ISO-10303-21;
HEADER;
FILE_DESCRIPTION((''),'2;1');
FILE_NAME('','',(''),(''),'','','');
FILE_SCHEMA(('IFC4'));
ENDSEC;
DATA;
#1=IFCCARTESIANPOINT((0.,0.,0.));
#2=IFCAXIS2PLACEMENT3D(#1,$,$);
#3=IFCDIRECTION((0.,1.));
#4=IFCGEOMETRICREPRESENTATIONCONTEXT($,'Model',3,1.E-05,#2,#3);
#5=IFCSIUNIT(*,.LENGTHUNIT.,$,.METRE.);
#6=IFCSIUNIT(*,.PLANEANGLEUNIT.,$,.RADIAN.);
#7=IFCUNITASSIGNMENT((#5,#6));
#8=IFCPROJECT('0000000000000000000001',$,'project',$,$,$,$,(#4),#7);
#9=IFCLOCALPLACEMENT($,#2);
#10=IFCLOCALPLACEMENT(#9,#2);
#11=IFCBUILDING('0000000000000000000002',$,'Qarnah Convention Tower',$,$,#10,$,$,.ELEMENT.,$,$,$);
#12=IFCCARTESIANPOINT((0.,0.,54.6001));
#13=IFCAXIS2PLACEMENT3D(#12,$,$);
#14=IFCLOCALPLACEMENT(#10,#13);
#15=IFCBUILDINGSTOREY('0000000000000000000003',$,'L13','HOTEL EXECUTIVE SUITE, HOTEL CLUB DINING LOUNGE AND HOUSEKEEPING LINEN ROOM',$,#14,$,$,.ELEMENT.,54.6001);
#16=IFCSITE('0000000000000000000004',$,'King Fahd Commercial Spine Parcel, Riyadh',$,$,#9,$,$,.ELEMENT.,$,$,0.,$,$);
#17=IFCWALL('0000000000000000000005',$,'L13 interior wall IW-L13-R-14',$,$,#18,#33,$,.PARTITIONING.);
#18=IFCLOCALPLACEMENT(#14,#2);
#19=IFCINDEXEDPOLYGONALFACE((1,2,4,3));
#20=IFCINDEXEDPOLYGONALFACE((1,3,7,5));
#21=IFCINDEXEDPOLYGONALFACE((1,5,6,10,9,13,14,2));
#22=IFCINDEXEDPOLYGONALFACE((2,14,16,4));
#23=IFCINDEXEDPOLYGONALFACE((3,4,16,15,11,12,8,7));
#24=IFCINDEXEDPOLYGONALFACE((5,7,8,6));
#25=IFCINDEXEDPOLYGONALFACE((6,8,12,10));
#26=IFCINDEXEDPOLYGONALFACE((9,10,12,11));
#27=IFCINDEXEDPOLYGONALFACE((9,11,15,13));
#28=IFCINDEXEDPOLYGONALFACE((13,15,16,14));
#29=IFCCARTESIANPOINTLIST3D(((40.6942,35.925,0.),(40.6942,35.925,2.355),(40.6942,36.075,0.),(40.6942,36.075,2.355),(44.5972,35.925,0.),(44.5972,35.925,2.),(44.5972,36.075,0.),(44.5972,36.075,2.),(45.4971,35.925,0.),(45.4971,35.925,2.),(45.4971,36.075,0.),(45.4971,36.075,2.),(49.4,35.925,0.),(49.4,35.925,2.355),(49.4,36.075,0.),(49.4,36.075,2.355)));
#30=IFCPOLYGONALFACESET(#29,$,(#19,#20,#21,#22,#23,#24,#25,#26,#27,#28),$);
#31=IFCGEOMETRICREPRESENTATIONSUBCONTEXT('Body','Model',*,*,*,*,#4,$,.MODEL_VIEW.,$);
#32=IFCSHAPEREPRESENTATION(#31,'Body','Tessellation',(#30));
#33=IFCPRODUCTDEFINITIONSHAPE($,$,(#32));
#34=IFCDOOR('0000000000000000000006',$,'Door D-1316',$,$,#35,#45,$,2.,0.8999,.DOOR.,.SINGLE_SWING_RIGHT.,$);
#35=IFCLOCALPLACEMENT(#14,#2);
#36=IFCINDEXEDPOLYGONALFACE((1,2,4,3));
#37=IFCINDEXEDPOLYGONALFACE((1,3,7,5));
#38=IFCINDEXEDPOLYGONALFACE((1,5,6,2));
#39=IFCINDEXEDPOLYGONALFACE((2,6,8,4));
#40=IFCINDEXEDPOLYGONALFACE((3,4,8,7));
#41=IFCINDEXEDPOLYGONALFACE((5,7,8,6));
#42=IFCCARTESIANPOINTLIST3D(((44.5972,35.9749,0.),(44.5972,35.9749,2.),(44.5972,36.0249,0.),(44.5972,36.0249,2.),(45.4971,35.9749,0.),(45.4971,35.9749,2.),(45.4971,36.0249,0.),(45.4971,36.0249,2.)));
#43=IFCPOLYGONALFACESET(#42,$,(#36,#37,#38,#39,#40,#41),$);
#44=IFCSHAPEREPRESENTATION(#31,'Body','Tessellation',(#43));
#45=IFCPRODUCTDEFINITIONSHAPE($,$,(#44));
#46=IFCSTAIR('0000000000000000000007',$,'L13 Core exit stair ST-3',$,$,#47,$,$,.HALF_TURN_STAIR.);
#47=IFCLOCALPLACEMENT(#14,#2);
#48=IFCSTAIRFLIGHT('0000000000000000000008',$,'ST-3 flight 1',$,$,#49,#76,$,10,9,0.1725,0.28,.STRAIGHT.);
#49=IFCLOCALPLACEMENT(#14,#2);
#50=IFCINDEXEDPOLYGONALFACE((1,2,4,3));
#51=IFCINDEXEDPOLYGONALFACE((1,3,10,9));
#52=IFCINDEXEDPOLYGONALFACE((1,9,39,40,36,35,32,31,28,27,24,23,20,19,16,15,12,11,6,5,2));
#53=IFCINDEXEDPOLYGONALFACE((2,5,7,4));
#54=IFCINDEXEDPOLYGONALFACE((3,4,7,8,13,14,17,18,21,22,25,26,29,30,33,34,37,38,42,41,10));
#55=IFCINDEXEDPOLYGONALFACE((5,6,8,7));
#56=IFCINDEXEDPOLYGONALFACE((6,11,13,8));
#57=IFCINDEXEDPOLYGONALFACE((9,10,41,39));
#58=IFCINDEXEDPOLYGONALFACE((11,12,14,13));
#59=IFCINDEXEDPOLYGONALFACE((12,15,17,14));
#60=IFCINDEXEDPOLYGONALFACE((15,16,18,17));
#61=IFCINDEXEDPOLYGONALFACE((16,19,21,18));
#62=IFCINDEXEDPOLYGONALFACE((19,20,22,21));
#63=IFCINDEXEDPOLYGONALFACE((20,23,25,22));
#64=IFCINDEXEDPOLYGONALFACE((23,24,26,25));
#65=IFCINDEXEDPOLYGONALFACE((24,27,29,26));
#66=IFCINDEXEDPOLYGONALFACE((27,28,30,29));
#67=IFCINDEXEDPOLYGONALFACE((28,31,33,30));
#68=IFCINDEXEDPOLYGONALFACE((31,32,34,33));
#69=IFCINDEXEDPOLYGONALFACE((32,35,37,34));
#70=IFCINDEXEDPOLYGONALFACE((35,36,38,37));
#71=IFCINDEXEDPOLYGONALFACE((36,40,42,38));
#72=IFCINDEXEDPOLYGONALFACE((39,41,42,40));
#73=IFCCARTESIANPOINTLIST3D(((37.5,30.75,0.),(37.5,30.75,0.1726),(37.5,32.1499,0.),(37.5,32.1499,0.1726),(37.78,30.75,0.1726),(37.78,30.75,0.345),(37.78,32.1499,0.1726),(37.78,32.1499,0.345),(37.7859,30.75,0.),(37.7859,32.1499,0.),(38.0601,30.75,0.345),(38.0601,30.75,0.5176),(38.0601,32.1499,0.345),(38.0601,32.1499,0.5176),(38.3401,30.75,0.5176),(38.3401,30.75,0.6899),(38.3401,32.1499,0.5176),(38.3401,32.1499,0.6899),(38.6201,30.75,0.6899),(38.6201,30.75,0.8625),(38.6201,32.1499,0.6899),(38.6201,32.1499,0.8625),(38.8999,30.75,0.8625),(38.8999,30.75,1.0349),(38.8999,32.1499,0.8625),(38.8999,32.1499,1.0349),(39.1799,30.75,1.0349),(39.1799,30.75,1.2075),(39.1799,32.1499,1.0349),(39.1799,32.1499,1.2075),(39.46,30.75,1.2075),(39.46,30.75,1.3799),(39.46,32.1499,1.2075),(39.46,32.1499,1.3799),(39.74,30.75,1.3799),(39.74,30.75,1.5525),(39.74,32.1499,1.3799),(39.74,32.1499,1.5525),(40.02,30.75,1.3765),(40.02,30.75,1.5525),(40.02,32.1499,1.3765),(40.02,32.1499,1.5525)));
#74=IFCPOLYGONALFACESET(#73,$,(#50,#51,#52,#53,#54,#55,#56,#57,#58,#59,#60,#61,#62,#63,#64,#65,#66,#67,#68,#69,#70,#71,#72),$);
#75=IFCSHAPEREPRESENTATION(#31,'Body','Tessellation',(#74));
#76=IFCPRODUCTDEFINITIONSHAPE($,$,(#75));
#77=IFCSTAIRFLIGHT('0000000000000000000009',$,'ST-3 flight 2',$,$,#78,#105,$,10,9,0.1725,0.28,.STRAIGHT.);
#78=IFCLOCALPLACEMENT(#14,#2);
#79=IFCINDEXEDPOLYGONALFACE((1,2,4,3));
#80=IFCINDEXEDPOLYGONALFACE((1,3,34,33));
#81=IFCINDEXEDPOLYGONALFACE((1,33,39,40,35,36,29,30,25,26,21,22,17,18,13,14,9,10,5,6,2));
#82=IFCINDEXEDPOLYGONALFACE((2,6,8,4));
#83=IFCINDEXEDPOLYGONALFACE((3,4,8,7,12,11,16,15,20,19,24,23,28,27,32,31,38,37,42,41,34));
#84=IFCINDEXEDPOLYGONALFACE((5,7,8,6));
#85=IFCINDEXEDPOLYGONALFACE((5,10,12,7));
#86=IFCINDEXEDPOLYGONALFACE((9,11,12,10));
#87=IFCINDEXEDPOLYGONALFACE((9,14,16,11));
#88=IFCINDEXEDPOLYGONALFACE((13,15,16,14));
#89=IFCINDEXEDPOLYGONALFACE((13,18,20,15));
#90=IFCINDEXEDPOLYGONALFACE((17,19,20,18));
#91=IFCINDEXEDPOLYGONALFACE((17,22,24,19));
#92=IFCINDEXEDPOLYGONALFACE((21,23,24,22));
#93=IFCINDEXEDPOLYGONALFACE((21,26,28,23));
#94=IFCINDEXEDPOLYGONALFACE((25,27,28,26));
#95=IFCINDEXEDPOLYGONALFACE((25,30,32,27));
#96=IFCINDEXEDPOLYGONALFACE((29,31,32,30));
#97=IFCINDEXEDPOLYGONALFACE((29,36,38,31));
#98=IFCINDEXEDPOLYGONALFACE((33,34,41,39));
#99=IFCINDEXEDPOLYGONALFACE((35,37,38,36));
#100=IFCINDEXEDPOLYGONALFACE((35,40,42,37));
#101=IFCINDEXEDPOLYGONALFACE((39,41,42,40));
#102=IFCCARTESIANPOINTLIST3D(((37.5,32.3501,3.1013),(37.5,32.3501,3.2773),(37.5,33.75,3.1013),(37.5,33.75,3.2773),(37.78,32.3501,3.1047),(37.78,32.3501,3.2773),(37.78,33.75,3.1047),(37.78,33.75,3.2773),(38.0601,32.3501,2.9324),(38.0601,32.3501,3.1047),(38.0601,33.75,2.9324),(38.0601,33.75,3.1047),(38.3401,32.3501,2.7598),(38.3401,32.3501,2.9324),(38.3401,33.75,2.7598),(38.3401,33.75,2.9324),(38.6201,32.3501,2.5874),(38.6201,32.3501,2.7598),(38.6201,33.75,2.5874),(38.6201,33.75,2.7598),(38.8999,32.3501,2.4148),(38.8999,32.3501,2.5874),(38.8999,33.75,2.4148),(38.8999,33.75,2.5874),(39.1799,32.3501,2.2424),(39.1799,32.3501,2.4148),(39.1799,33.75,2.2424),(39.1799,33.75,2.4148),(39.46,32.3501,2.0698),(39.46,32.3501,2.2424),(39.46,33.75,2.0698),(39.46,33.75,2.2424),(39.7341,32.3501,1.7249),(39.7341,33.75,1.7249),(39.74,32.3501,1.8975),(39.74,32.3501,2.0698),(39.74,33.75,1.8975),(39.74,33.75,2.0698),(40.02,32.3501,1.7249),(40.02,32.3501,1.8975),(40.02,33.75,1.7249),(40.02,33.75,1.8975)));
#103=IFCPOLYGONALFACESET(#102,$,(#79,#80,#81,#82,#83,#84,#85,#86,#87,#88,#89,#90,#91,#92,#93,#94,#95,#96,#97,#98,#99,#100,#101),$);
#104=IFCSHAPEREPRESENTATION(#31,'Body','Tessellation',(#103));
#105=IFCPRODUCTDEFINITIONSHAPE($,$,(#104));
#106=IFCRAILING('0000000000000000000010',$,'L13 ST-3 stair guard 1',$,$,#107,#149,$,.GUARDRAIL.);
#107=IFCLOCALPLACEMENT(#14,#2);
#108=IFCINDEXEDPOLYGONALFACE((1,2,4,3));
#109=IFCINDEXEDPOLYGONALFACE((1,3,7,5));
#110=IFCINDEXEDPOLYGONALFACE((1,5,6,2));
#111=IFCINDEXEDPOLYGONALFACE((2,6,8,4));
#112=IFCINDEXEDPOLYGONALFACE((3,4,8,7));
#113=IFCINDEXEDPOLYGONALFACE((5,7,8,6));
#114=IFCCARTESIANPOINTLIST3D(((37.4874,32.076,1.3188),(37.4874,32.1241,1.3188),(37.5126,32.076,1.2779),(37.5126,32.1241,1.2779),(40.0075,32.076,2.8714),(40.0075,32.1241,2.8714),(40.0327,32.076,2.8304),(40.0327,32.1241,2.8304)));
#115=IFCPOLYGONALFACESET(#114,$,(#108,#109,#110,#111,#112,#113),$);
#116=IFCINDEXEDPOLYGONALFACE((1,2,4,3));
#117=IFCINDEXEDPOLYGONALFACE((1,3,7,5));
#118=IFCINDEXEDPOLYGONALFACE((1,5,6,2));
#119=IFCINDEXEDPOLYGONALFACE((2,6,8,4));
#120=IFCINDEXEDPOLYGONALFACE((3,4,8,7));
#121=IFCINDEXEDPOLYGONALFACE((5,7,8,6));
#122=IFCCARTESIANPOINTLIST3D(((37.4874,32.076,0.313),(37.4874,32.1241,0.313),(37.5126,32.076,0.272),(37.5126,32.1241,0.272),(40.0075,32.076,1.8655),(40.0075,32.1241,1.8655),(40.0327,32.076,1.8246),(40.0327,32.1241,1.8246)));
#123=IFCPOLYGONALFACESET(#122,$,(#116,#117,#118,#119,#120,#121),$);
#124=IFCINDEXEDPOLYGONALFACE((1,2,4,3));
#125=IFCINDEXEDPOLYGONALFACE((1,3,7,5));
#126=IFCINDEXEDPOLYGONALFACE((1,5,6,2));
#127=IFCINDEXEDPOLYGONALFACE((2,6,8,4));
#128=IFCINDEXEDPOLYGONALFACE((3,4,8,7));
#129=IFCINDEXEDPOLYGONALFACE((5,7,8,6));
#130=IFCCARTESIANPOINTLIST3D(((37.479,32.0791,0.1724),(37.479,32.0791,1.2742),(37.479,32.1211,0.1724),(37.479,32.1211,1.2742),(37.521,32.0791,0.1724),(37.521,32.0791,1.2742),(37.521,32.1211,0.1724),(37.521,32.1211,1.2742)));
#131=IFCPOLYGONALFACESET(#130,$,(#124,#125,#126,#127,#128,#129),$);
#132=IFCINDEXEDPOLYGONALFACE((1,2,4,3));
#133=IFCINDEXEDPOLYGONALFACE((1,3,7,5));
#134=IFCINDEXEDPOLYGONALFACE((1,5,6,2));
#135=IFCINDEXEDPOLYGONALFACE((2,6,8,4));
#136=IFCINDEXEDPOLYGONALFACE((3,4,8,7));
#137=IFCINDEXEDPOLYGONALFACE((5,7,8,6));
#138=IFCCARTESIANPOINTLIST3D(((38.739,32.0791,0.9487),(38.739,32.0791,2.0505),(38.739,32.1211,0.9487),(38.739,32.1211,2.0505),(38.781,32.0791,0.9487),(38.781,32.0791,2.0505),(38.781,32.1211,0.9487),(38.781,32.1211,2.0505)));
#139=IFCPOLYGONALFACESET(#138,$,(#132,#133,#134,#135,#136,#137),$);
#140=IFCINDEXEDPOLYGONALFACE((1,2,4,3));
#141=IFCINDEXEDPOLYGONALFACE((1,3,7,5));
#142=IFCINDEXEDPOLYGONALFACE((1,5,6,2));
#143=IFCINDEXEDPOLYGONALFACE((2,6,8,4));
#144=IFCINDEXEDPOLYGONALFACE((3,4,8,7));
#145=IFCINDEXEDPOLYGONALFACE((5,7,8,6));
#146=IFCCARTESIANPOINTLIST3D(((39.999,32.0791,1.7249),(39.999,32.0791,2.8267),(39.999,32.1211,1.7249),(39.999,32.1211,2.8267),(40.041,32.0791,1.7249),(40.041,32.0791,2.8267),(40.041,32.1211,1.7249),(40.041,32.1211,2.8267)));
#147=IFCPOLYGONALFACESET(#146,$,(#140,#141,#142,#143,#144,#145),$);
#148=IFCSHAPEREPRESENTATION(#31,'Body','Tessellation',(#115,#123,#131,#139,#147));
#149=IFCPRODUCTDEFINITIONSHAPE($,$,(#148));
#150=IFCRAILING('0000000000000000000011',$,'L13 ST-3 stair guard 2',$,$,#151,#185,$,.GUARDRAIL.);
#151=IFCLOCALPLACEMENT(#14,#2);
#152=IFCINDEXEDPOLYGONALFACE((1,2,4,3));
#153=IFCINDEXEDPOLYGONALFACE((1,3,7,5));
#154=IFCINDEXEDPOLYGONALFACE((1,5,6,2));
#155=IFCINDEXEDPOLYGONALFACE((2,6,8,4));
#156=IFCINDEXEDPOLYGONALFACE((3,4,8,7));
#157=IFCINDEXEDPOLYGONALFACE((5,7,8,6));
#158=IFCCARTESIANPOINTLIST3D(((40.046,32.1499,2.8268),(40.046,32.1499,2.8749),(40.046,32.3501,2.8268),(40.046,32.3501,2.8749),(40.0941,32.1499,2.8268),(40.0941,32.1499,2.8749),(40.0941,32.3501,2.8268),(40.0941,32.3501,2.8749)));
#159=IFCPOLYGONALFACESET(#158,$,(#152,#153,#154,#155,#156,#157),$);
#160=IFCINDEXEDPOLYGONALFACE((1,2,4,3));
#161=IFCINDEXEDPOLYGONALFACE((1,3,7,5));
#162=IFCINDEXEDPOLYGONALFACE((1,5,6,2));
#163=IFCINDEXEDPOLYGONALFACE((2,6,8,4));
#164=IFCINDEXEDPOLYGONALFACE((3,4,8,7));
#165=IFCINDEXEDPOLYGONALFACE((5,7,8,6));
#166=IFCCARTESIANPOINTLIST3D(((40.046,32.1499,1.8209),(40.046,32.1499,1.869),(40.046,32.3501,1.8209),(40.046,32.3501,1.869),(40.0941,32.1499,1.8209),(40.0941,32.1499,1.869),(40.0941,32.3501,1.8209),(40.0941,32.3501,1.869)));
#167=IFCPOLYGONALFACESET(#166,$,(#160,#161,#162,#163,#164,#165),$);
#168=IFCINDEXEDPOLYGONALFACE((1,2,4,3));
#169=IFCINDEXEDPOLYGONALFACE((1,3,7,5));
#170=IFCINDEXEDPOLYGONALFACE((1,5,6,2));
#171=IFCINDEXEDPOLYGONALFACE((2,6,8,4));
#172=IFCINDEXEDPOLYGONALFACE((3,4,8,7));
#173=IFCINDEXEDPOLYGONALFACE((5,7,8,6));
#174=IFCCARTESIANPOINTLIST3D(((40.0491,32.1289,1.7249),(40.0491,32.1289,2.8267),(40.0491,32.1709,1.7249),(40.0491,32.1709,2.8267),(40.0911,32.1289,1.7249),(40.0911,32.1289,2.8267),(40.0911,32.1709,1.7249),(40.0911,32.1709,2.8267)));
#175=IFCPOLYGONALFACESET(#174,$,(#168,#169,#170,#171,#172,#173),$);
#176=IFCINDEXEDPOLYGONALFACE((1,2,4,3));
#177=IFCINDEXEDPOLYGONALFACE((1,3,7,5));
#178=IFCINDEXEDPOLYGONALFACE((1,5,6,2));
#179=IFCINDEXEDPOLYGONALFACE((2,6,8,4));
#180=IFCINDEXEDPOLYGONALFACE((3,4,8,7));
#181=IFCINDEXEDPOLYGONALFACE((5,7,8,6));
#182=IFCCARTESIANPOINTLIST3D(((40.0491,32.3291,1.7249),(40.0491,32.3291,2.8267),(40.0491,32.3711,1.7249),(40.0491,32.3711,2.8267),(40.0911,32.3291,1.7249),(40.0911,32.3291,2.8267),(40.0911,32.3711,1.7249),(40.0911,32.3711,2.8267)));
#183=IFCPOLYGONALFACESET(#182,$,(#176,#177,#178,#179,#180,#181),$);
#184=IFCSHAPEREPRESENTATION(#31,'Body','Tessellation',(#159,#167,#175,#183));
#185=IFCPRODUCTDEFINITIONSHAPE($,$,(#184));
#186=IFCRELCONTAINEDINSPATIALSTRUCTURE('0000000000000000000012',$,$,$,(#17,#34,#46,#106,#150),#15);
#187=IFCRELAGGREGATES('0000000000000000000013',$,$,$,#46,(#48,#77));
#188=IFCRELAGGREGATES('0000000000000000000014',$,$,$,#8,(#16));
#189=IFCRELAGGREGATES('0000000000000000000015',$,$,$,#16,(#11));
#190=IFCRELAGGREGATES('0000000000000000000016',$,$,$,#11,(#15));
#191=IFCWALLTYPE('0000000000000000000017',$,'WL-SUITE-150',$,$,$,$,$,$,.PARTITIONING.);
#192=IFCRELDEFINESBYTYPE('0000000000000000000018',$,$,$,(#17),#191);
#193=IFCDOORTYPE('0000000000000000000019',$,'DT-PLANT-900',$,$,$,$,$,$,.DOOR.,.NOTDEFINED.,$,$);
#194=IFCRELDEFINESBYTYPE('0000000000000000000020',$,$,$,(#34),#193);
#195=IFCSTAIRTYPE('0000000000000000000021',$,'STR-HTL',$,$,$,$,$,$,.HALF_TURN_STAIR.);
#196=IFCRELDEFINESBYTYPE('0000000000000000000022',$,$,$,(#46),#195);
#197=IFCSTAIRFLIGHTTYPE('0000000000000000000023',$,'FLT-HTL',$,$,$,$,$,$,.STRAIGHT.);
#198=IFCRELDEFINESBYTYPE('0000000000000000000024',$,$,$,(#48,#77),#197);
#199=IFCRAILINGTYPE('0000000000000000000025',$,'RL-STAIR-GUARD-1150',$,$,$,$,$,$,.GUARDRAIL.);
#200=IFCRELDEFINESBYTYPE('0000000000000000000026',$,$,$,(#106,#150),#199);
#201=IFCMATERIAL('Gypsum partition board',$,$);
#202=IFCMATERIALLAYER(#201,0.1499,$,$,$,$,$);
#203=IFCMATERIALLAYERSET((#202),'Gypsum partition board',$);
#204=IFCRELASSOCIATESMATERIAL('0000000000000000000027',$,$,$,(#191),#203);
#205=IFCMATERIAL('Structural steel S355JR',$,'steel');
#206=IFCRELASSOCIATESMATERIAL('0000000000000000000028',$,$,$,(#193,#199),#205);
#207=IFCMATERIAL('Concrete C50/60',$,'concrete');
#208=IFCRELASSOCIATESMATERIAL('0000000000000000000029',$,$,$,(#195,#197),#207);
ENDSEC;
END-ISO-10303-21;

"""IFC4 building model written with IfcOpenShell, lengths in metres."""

from ifc_helpers import new_model, si_unit, direction, frame, frame_2d, origin, origin_2d, place, context, subcontext, project, spatial, polyline, rectangle, outline, extrude, material, layer, layer_set, type_object, element, fill, aggregate, save


model = new_model("IFC4")

# Units and contexts
model_context = context("Model", 3, precision=1e-05, world=origin(), true_north=direction((0.0, 1.0)))
body_context = subcontext(model_context, "Body", "Model", "MODEL_VIEW")
ifc_project = project(units=[si_unit("LENGTHUNIT", "METRE"), si_unit("PLANEANGLEUNIT", "RADIAN")], contexts=[model_context])

# Site, building, storey
site_placement = place(None, origin())
site = spatial("IfcSite", under=ifc_project, at=site_placement, Name="King Fahd Commercial Spine Parcel, Riyadh", CompositionType="ELEMENT", RefElevation=0.0)
building_placement = place(site_placement, origin())
building = spatial("IfcBuilding", under=site, at=building_placement, Name="Qarnah Convention Tower", CompositionType="ELEMENT")
storey_placement = place(building_placement, frame((0.0, 0.0, 54.6001)))
storey = spatial("IfcBuildingStorey", under=building, at=storey_placement, Name="L13", Description="HOTEL EXECUTIVE SUITE, HOTEL CLUB DINING LOUNGE AND HOUSEKEEPING LINEN ROOM", CompositionType="ELEMENT", Elevation=54.6001)

# Shared definitions
ifc_material_1 = material(Name="Structural steel S355JR", Category="steel")

# Shared definitions
ifc_material_2 = material(Name="Gypsum partition board")
ifc_layer_1 = layer(ifc_material_2, 0.1499)
ifc_layer_set_1 = layer_set([ifc_layer_1], Name="Gypsum partition board")
wall_type_1 = type_object("IfcWallType", Name="WL-SUITE-150", PredefinedType="PARTITIONING", material=ifc_layer_set_1)

# Wall, opening, door
wall_1_placement = place(storey_placement, frame((40.6941, 36.0, 0.0), z_axis=(0.0, 0.0, 1.0), x_axis=(1.0, 0.0, 0.0)))
wall_1 = element("IfcWall", 1, at=wall_1_placement, inside=storey, type_object=wall_type_1, Name="L13 interior wall IW-L13-R-14", PredefinedType="PARTITIONING", context=body_context, shape_type="SweptSolid", body=[
    extrude(rectangle(XDim=8.7058, YDim=0.1499, at=frame_2d((4.353, 0.0))), origin(), (0.0, 0.0, 1.0), 2.355),
])
opening_1_placement = place(wall_1_placement, frame((3.9031, 0.0, 0.0)))
opening_1 = element("IfcOpeningElement", 2, at=opening_1_placement, cuts=wall_1, PredefinedType="OPENING", context=body_context, shape_type="SweptSolid", body=[
    extrude(rectangle(XDim=0.8999, YDim=2.0, at=frame_2d((0.45, 1.0))), frame((0.0, 0.085, 0.0), z_axis=(0.0, -1.0, 0.0), x_axis=(1.0, 0.0, 0.0)), (0.0, 0.0, 1.0), 0.1699),
])
door_type_1 = type_object("IfcDoorType", Name="DT-PLANT-900", OperationType="NOTDEFINED", PredefinedType="DOOR", material=ifc_material_1)
door_1_placement = place(opening_1_placement, origin())
door_1 = element("IfcDoor", 3, at=door_1_placement, inside=storey, type_object=door_type_1, Name="Door D-1316", OperationType="SINGLE_SWING_RIGHT", OverallHeight=2.0, OverallWidth=0.8999, PredefinedType="DOOR", context=body_context, shape_type="SweptSolid", body=[
    extrude(rectangle(XDim=0.8999, YDim=2.0, at=frame_2d((0.45, 1.0))), frame((0.0, 0.0249, 0.0), z_axis=(0.0, -1.0, 0.0), x_axis=(1.0, 0.0, 0.0)), (0.0, 0.0, 1.0), 0.05),
])
fill(opening_1, door_1)

# Stair, stair flights
ifc_material_3 = material(Name="Concrete C50/60", Category="concrete")
stair_type = type_object("IfcStairType", Name="STR-HTL", PredefinedType="HALF_TURN_STAIR", material=ifc_material_3)
stair_placement = place(storey_placement, origin())
stair = element("IfcStair", 4, at=stair_placement, inside=storey, type_object=stair_type, Name="L13 Core exit stair ST-3", PredefinedType="HALF_TURN_STAIR")
stair_flight_type = type_object("IfcStairFlightType", Name="FLT-HTL", PredefinedType="STRAIGHT", material=ifc_material_3)
stair_flight_1_placement = place(storey_placement, frame((37.5, 31.45, 0.0), z_axis=(0.0, 0.0, 1.0), x_axis=(1.0, 0.0, 0.0)))
stair_flight_1 = element("IfcStairFlight", 5, at=stair_flight_1_placement, type_object=stair_flight_type, Name="ST-3 flight 1", NumberOfRisers=10, NumberOfTreads=9, PredefinedType="STRAIGHT", RiserHeight=0.1725, TreadLength=0.28, context=body_context, shape_type="SweptSolid", body=[
    extrude(outline(polyline([(0.0, 0.0), (0.0, 0.1726), (0.28, 0.1726), (0.28, 0.345), (0.5601, 0.345), (0.5601, 0.5176), (0.8401, 0.5176), (0.8401, 0.6899), (1.1201, 0.6899), (1.1201, 0.8625), (1.3999, 0.8625), (1.3999, 1.0349), (1.6799, 1.0349), (1.6799, 1.2075), (1.96, 1.2075), (1.96, 1.3799), (2.24, 1.3799), (2.24, 1.5525), (2.52, 1.5525), (2.52, 1.7251), (2.52, 1.3765), (0.2859, 0.0), (0.0, 0.0)])), frame((0.0, 0.7, 0.0), z_axis=(0.0, -1.0, 0.0), x_axis=(1.0, 0.0, 0.0)), (0.0, 0.0, 1.0), 1.3999),
])
stair_flight_2_placement = place(storey_placement, frame((40.02, 33.05, 1.7249), z_axis=(0.0, 0.0, 1.0), x_axis=(-1.0, 0.0, 0.0)))
stair_flight_2 = element("IfcStairFlight", 6, at=stair_flight_2_placement, type_object=stair_flight_type, Name="ST-3 flight 2", NumberOfRisers=10, NumberOfTreads=9, PredefinedType="STRAIGHT", RiserHeight=0.1725, TreadLength=0.28, context=body_context, shape_type="SweptSolid", body=[
    extrude(outline(polyline([(0.0, 0.0), (0.0, 0.1726), (0.28, 0.1726), (0.28, 0.345), (0.5601, 0.345), (0.5601, 0.5176), (0.8401, 0.5176), (0.8401, 0.6899), (1.1201, 0.6899), (1.1201, 0.8625), (1.3999, 0.8625), (1.3999, 1.0349), (1.6799, 1.0349), (1.6799, 1.2075), (1.96, 1.2075), (1.96, 1.3799), (2.24, 1.3799), (2.24, 1.5525), (2.52, 1.5525), (2.52, 1.7251), (2.52, 1.3765), (0.2859, 0.0), (0.0, 0.0)])), frame((0.0, 0.7, 0.0), z_axis=(0.0, -1.0, 0.0), x_axis=(1.0, 0.0, 0.0)), (0.0, 0.0, 1.0), 1.3999),
])
aggregate(stair, [stair_flight_1, stair_flight_2])

# Railings
railing_type_1 = type_object("IfcRailingType", Name="RL-STAIR-GUARD-1150", PredefinedType="GUARDRAIL", material=ifc_material_1)
railing_1_placement = place(storey_placement, frame((37.5, 32.1001, 0.1724)))
element("IfcRailing", 7, at=railing_1_placement, inside=storey, type_object=railing_type_1, Name="L13 ST-3 stair guard 1", PredefinedType="GUARDRAIL", context=body_context, shape_type="SweptSolid", body=[
    extrude(rectangle(XDim=0.0481, YDim=0.0481, at=origin_2d()), frame((0.0, 0.0, 1.126), z_axis=(0.8514, 0.0, 0.524516), x_axis=(0.0, 1.0, 0.0)), (0.0, 0.0, 1.0), 2.96),
    extrude(rectangle(XDim=0.0481, YDim=0.0481, at=origin_2d()), frame((0.0, 0.0, 0.1201), z_axis=(0.8514, 0.0, 0.524516), x_axis=(0.0, 1.0, 0.0)), (0.0, 0.0, 1.0), 2.96),
    extrude(rectangle(XDim=0.042, YDim=0.042, at=origin_2d()), origin(), (0.0, 0.0, 1.0), 1.1018),
    extrude(rectangle(XDim=0.042, YDim=0.042, at=origin_2d()), frame((1.26, 0.0, 0.7764)), (0.0, 0.0, 1.0), 1.1018),
    extrude(rectangle(XDim=0.042, YDim=0.042, at=origin_2d()), frame((2.52, 0.0, 1.5525)), (0.0, 0.0, 1.0), 1.1018),
])
railing_2_placement = place(storey_placement, frame((40.0701, 32.1499, 1.7249)))
element("IfcRailing", 8, at=railing_2_placement, inside=storey, type_object=railing_type_1, Name="L13 ST-3 stair guard 2", PredefinedType="GUARDRAIL", context=body_context, shape_type="SweptSolid", body=[
    extrude(rectangle(XDim=0.0481, YDim=0.0481, at=origin_2d()), frame((0.0, 0.0, 1.126), z_axis=(0.0, 1.0, 0.0), x_axis=(-1.0, 0.0, 0.0)), (0.0, 0.0, 1.0), 0.2002),
    extrude(rectangle(XDim=0.0481, YDim=0.0481, at=origin_2d()), frame((0.0, 0.0, 0.1201), z_axis=(0.0, 1.0, 0.0), x_axis=(-1.0, 0.0, 0.0)), (0.0, 0.0, 1.0), 0.2002),
    extrude(rectangle(XDim=0.042, YDim=0.042, at=origin_2d()), origin(), (0.0, 0.0, 1.0), 1.1018),
    extrude(rectangle(XDim=0.042, YDim=0.042, at=origin_2d()), frame((0.0, 0.2002, 0.0)), (0.0, 0.0, 1.0), 1.1018),
])

save(model, "model.ifc")
